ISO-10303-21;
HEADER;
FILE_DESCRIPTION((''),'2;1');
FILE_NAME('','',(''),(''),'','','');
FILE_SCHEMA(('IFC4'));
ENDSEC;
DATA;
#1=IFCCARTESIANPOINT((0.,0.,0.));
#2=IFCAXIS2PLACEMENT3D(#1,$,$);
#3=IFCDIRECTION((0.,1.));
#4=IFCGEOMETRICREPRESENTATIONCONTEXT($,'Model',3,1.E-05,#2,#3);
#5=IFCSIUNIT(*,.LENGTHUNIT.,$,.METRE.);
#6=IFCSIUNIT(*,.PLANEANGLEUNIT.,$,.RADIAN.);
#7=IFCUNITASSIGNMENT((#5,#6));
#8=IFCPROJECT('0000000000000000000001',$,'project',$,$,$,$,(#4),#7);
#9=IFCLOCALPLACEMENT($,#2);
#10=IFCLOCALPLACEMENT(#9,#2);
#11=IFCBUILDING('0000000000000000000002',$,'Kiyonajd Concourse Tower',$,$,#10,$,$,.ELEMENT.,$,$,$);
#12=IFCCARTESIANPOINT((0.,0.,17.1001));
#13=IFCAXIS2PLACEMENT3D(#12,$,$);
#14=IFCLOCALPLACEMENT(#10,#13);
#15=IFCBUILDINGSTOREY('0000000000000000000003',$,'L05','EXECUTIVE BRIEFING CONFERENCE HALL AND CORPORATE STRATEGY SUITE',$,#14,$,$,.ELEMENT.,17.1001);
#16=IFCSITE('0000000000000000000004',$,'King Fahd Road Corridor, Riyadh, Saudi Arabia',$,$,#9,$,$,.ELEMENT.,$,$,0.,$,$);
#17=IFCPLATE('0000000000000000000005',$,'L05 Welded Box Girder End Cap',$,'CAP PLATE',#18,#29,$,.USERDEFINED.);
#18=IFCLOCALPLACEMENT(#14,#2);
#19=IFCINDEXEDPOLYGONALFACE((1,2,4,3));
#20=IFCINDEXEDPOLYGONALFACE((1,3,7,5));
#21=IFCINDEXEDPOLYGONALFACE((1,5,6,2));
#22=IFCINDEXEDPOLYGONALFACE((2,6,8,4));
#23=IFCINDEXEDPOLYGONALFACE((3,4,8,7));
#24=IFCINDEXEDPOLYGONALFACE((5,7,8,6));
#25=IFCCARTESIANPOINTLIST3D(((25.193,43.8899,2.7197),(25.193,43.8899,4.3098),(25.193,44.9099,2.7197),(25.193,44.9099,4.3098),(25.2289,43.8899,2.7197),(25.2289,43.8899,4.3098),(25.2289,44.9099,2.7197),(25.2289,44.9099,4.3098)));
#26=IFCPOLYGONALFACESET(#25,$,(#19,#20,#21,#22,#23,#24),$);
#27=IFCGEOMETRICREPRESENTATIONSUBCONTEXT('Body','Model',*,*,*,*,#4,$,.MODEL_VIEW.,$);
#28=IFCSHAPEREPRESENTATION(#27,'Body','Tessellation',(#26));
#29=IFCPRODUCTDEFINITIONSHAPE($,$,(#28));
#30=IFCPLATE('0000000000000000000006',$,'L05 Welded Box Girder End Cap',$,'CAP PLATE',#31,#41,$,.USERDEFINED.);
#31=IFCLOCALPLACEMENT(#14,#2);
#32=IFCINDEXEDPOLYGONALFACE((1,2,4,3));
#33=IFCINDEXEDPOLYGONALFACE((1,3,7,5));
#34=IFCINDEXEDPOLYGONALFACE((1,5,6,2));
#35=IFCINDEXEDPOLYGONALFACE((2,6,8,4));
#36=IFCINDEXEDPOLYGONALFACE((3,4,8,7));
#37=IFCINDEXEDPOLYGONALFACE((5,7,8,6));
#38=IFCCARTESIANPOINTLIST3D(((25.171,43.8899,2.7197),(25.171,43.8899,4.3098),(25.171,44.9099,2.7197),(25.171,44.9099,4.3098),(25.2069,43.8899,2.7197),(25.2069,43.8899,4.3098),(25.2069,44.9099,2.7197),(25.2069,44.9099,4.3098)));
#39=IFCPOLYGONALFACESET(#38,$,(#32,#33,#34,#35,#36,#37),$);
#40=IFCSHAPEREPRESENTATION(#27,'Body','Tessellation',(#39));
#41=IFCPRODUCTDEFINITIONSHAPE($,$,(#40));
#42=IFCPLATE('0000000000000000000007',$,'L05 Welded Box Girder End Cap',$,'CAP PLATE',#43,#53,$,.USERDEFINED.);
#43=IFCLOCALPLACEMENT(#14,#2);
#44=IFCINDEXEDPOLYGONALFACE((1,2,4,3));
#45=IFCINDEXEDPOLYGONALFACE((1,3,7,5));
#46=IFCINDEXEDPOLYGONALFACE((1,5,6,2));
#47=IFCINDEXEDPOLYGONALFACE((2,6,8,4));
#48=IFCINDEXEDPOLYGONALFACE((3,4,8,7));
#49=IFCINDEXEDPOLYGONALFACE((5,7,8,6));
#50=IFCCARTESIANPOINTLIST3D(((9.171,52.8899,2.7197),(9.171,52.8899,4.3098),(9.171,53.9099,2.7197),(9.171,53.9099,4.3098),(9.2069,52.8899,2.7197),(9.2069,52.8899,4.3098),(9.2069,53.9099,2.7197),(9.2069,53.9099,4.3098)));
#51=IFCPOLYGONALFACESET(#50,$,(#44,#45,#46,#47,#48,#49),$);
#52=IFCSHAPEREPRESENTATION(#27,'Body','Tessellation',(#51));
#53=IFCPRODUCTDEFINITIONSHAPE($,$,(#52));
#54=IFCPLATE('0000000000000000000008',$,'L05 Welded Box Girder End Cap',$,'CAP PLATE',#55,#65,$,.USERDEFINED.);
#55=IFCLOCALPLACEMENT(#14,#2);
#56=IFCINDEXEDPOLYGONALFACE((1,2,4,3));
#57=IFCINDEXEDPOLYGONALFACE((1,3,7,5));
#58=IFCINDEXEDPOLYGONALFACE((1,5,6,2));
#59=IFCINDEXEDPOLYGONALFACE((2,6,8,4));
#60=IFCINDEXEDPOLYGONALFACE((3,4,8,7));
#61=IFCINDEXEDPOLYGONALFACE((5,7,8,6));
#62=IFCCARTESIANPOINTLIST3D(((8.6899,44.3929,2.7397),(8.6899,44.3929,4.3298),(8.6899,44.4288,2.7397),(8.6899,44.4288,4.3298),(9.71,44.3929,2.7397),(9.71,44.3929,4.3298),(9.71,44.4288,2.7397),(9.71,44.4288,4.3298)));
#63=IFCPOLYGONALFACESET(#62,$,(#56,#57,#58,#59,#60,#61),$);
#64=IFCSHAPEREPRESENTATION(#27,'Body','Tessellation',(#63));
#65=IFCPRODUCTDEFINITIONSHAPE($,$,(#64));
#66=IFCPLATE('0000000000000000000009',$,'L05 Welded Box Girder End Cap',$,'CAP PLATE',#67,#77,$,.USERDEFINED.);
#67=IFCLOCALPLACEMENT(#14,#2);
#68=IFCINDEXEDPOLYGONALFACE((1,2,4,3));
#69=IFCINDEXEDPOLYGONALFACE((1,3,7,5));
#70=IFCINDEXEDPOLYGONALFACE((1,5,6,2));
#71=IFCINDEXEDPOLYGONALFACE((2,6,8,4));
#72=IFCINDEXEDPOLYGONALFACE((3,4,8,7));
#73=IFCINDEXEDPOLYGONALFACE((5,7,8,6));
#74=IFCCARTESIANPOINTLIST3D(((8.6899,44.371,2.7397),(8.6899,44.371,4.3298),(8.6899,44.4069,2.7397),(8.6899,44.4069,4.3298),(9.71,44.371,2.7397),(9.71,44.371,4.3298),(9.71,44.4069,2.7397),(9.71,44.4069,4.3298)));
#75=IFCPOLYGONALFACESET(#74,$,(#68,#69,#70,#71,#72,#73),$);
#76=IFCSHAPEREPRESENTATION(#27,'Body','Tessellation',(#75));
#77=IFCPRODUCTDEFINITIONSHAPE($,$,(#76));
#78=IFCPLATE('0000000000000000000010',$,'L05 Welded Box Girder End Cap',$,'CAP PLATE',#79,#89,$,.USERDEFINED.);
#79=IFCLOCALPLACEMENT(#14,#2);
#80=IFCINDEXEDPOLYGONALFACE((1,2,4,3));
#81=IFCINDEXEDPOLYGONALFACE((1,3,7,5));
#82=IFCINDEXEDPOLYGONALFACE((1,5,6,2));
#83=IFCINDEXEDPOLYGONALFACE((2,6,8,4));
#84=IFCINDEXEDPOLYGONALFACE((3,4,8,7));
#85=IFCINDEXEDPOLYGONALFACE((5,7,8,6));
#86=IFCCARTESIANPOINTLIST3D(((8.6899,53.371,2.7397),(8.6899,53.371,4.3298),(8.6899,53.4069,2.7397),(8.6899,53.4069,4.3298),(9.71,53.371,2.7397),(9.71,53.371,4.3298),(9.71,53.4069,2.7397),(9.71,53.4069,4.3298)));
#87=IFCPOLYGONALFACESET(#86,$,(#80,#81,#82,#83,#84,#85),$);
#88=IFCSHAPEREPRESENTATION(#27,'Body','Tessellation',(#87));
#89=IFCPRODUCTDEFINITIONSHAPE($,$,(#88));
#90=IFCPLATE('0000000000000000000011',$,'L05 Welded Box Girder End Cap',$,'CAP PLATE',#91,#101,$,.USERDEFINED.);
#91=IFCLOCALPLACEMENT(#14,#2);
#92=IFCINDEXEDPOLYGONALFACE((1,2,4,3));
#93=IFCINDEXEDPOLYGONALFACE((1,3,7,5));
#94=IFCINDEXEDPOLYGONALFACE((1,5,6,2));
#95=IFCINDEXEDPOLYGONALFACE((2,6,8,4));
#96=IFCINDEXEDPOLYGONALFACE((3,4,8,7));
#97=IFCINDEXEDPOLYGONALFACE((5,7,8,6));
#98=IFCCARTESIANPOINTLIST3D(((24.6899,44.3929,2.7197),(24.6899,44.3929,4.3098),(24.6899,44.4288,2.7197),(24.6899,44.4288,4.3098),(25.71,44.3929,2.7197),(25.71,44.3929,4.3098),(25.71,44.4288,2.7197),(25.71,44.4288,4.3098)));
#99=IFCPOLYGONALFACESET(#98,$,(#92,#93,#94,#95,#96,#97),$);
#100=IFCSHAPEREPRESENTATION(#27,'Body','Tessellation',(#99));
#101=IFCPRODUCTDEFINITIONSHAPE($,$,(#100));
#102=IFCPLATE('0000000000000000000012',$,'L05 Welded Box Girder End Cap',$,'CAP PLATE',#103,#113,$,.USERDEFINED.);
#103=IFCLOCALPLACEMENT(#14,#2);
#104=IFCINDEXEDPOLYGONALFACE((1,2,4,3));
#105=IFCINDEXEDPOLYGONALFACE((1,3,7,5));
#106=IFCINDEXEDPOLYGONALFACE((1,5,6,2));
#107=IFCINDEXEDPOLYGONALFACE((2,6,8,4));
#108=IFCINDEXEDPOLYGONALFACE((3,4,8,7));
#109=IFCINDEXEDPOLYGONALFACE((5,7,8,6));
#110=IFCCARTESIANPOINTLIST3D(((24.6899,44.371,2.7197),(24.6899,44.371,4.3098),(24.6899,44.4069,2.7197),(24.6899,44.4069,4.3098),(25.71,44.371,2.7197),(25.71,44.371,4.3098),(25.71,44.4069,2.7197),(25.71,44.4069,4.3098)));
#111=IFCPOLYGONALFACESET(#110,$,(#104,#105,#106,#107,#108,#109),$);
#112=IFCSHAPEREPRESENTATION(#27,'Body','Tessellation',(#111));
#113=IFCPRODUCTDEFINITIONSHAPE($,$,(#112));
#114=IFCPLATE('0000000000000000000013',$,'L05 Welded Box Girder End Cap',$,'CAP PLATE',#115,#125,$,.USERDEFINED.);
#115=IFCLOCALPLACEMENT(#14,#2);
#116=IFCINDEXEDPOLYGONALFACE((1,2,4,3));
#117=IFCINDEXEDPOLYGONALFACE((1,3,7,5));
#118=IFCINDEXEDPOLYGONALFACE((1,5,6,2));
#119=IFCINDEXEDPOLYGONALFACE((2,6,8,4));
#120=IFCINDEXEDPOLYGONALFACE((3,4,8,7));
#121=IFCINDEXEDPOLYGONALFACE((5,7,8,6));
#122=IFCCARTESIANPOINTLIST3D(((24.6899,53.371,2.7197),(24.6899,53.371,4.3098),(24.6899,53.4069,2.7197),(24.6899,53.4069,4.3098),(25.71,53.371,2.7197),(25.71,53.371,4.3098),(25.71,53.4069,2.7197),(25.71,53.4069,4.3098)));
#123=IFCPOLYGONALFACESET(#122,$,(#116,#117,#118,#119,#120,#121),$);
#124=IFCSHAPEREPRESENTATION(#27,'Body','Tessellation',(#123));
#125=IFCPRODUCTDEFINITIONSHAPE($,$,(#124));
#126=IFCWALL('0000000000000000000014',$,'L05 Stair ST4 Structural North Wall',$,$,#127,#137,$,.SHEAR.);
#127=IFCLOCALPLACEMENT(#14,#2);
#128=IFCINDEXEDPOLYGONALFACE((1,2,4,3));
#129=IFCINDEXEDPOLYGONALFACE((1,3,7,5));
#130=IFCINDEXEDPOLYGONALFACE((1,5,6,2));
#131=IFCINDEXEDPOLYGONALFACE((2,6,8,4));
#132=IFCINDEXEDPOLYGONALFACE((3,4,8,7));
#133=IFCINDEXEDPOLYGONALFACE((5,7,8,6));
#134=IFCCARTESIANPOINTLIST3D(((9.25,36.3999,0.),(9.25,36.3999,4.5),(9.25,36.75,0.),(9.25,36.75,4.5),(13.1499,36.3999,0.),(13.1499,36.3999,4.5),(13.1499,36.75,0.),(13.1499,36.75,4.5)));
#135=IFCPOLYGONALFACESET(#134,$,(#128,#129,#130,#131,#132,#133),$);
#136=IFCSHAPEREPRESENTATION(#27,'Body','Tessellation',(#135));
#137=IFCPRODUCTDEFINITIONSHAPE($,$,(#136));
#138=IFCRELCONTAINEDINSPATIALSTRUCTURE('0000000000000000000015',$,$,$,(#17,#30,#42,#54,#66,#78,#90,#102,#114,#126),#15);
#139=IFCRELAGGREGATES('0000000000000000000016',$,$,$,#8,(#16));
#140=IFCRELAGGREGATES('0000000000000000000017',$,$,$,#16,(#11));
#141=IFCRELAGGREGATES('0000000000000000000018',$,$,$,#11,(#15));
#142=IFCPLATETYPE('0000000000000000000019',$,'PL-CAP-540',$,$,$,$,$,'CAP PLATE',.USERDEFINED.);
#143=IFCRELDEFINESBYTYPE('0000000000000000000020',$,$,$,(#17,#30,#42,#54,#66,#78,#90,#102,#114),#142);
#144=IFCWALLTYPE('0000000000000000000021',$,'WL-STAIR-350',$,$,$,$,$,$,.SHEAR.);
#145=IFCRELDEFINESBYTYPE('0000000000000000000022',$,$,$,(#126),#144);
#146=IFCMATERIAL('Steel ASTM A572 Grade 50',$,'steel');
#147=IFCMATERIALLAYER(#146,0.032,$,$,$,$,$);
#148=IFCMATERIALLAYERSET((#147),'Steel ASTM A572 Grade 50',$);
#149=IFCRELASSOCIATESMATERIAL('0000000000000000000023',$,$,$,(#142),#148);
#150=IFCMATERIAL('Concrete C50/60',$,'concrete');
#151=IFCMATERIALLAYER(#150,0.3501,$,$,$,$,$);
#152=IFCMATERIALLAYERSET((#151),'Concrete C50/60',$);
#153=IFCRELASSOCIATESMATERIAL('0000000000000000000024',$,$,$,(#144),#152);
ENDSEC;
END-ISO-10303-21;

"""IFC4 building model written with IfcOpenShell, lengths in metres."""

from ifc_helpers import new_model, si_unit, direction, frame, frame_2d, origin, origin_2d, place, context, subcontext, project, spatial, rectangle, extrude, material, layer, layer_set, type_object, element, save


model = new_model("IFC4")

# Units and contexts
model_context = context("Model", 3, precision=1e-05, world=origin(), true_north=direction((0.0, 1.0)))
body_context = subcontext(model_context, "Body", "Model", "MODEL_VIEW")
ifc_project = project(units=[si_unit("LENGTHUNIT", "METRE"), si_unit("PLANEANGLEUNIT", "RADIAN")], contexts=[model_context])

# Site, building, storey
site_placement = place(None, origin())
site = spatial("IfcSite", under=ifc_project, at=site_placement, Name="King Fahd Road Corridor, Riyadh, Saudi Arabia", CompositionType="ELEMENT", RefElevation=0.0)
building_placement = place(site_placement, origin())
building = spatial("IfcBuilding", under=site, at=building_placement, Name="Kiyonajd Concourse Tower", CompositionType="ELEMENT")
storey_placement = place(building_placement, frame((0.0, 0.0, 17.1001)))
storey = spatial("IfcBuildingStorey", under=building, at=storey_placement, Name="L05", Description="EXECUTIVE BRIEFING CONFERENCE HALL AND CORPORATE STRATEGY SUITE", CompositionType="ELEMENT", Elevation=17.1001)

# Shared definitions
ifc_material_1 = material(Name="Steel ASTM A572 Grade 50", Category="steel")

# Plates
ifc_layer_1 = layer(ifc_material_1, 0.032)
ifc_layer_set_1 = layer_set([ifc_layer_1], Name="Steel ASTM A572 Grade 50")
plate_type_1 = type_object("IfcPlateType", Name="PL-CAP-540", ElementType="CAP PLATE", PredefinedType="USERDEFINED", material=ifc_layer_set_1)
for number, where, z_axis, x_axis, name in (
    (1, (25.2109, 44.3999, 2.7197), (0.0, 0.0, 1.0), (1.0, 0.0, 0.0), "L05 Welded Box Girder End Cap"),
    (2, (25.189, 44.3999, 2.7197), (0.0, 0.0, 1.0), (-1.0, 0.0, 0.0), "L05 Welded Box Girder End Cap"),
    (3, (9.189, 53.3999, 2.7197), (0.0, 0.0, 1.0), (-1.0, 0.0, 0.0), "L05 Welded Box Girder End Cap"),
    (4, (9.2, 44.4109, 2.7397), (0.0, 0.0, 1.0), (0.0, 1.0, 0.0), "L05 Welded Box Girder End Cap"),
    (5, (9.2, 44.3889, 2.7397), (0.0, 0.0, 1.0), (0.0, -1.0, 0.0), "L05 Welded Box Girder End Cap"),
    (6, (9.2, 53.3889, 2.7397), (0.0, 0.0, 1.0), (0.0, -1.0, 0.0), "L05 Welded Box Girder End Cap"),
    (7, (25.2, 44.4109, 2.7197), (0.0, 0.0, 1.0), (0.0, 1.0, 0.0), "L05 Welded Box Girder End Cap"),
    (8, (25.2, 44.3889, 2.7197), (0.0, 0.0, 1.0), (0.0, -1.0, 0.0), "L05 Welded Box Girder End Cap"),
    (9, (25.2, 53.3889, 2.7197), (0.0, 0.0, 1.0), (0.0, -1.0, 0.0), "L05 Welded Box Girder End Cap"),
):
    element("IfcPlate", number, at=place(storey_placement, frame(where, z_axis=z_axis, x_axis=x_axis)), inside=storey, type_object=plate_type_1, Name=name, ObjectType="CAP PLATE", PredefinedType="USERDEFINED", context=body_context, shape_type="SweptSolid", body=[
        extrude(rectangle(XDim=0.0359, YDim=1.02, at=origin_2d()), origin(), (0.0, 0.0, 1.0), 1.5901),
    ])

# Wall
ifc_material_2 = material(Name="Concrete C50/60", Category="concrete")
ifc_layer_2 = layer(ifc_material_2, 0.3501)
ifc_layer_set_2 = layer_set([ifc_layer_2], Name="Concrete C50/60")
wall_type = type_object("IfcWallType", Name="WL-STAIR-350", PredefinedType="SHEAR", material=ifc_layer_set_2)
wall_placement = place(storey_placement, frame((9.25, 36.575, 0.0), z_axis=(0.0, 0.0, 1.0), x_axis=(1.0, 0.0, 0.0)))
element("IfcWall", 10, at=wall_placement, inside=storey, type_object=wall_type, Name="L05 Stair ST4 Structural North Wall", PredefinedType="SHEAR", context=body_context, shape_type="SweptSolid", body=[
    extrude(rectangle(XDim=3.8999, YDim=0.3501, at=frame_2d((1.95, 0.0))), origin(), (0.0, 0.0, 1.0), 4.5),
])

save(model, "model.ifc")
